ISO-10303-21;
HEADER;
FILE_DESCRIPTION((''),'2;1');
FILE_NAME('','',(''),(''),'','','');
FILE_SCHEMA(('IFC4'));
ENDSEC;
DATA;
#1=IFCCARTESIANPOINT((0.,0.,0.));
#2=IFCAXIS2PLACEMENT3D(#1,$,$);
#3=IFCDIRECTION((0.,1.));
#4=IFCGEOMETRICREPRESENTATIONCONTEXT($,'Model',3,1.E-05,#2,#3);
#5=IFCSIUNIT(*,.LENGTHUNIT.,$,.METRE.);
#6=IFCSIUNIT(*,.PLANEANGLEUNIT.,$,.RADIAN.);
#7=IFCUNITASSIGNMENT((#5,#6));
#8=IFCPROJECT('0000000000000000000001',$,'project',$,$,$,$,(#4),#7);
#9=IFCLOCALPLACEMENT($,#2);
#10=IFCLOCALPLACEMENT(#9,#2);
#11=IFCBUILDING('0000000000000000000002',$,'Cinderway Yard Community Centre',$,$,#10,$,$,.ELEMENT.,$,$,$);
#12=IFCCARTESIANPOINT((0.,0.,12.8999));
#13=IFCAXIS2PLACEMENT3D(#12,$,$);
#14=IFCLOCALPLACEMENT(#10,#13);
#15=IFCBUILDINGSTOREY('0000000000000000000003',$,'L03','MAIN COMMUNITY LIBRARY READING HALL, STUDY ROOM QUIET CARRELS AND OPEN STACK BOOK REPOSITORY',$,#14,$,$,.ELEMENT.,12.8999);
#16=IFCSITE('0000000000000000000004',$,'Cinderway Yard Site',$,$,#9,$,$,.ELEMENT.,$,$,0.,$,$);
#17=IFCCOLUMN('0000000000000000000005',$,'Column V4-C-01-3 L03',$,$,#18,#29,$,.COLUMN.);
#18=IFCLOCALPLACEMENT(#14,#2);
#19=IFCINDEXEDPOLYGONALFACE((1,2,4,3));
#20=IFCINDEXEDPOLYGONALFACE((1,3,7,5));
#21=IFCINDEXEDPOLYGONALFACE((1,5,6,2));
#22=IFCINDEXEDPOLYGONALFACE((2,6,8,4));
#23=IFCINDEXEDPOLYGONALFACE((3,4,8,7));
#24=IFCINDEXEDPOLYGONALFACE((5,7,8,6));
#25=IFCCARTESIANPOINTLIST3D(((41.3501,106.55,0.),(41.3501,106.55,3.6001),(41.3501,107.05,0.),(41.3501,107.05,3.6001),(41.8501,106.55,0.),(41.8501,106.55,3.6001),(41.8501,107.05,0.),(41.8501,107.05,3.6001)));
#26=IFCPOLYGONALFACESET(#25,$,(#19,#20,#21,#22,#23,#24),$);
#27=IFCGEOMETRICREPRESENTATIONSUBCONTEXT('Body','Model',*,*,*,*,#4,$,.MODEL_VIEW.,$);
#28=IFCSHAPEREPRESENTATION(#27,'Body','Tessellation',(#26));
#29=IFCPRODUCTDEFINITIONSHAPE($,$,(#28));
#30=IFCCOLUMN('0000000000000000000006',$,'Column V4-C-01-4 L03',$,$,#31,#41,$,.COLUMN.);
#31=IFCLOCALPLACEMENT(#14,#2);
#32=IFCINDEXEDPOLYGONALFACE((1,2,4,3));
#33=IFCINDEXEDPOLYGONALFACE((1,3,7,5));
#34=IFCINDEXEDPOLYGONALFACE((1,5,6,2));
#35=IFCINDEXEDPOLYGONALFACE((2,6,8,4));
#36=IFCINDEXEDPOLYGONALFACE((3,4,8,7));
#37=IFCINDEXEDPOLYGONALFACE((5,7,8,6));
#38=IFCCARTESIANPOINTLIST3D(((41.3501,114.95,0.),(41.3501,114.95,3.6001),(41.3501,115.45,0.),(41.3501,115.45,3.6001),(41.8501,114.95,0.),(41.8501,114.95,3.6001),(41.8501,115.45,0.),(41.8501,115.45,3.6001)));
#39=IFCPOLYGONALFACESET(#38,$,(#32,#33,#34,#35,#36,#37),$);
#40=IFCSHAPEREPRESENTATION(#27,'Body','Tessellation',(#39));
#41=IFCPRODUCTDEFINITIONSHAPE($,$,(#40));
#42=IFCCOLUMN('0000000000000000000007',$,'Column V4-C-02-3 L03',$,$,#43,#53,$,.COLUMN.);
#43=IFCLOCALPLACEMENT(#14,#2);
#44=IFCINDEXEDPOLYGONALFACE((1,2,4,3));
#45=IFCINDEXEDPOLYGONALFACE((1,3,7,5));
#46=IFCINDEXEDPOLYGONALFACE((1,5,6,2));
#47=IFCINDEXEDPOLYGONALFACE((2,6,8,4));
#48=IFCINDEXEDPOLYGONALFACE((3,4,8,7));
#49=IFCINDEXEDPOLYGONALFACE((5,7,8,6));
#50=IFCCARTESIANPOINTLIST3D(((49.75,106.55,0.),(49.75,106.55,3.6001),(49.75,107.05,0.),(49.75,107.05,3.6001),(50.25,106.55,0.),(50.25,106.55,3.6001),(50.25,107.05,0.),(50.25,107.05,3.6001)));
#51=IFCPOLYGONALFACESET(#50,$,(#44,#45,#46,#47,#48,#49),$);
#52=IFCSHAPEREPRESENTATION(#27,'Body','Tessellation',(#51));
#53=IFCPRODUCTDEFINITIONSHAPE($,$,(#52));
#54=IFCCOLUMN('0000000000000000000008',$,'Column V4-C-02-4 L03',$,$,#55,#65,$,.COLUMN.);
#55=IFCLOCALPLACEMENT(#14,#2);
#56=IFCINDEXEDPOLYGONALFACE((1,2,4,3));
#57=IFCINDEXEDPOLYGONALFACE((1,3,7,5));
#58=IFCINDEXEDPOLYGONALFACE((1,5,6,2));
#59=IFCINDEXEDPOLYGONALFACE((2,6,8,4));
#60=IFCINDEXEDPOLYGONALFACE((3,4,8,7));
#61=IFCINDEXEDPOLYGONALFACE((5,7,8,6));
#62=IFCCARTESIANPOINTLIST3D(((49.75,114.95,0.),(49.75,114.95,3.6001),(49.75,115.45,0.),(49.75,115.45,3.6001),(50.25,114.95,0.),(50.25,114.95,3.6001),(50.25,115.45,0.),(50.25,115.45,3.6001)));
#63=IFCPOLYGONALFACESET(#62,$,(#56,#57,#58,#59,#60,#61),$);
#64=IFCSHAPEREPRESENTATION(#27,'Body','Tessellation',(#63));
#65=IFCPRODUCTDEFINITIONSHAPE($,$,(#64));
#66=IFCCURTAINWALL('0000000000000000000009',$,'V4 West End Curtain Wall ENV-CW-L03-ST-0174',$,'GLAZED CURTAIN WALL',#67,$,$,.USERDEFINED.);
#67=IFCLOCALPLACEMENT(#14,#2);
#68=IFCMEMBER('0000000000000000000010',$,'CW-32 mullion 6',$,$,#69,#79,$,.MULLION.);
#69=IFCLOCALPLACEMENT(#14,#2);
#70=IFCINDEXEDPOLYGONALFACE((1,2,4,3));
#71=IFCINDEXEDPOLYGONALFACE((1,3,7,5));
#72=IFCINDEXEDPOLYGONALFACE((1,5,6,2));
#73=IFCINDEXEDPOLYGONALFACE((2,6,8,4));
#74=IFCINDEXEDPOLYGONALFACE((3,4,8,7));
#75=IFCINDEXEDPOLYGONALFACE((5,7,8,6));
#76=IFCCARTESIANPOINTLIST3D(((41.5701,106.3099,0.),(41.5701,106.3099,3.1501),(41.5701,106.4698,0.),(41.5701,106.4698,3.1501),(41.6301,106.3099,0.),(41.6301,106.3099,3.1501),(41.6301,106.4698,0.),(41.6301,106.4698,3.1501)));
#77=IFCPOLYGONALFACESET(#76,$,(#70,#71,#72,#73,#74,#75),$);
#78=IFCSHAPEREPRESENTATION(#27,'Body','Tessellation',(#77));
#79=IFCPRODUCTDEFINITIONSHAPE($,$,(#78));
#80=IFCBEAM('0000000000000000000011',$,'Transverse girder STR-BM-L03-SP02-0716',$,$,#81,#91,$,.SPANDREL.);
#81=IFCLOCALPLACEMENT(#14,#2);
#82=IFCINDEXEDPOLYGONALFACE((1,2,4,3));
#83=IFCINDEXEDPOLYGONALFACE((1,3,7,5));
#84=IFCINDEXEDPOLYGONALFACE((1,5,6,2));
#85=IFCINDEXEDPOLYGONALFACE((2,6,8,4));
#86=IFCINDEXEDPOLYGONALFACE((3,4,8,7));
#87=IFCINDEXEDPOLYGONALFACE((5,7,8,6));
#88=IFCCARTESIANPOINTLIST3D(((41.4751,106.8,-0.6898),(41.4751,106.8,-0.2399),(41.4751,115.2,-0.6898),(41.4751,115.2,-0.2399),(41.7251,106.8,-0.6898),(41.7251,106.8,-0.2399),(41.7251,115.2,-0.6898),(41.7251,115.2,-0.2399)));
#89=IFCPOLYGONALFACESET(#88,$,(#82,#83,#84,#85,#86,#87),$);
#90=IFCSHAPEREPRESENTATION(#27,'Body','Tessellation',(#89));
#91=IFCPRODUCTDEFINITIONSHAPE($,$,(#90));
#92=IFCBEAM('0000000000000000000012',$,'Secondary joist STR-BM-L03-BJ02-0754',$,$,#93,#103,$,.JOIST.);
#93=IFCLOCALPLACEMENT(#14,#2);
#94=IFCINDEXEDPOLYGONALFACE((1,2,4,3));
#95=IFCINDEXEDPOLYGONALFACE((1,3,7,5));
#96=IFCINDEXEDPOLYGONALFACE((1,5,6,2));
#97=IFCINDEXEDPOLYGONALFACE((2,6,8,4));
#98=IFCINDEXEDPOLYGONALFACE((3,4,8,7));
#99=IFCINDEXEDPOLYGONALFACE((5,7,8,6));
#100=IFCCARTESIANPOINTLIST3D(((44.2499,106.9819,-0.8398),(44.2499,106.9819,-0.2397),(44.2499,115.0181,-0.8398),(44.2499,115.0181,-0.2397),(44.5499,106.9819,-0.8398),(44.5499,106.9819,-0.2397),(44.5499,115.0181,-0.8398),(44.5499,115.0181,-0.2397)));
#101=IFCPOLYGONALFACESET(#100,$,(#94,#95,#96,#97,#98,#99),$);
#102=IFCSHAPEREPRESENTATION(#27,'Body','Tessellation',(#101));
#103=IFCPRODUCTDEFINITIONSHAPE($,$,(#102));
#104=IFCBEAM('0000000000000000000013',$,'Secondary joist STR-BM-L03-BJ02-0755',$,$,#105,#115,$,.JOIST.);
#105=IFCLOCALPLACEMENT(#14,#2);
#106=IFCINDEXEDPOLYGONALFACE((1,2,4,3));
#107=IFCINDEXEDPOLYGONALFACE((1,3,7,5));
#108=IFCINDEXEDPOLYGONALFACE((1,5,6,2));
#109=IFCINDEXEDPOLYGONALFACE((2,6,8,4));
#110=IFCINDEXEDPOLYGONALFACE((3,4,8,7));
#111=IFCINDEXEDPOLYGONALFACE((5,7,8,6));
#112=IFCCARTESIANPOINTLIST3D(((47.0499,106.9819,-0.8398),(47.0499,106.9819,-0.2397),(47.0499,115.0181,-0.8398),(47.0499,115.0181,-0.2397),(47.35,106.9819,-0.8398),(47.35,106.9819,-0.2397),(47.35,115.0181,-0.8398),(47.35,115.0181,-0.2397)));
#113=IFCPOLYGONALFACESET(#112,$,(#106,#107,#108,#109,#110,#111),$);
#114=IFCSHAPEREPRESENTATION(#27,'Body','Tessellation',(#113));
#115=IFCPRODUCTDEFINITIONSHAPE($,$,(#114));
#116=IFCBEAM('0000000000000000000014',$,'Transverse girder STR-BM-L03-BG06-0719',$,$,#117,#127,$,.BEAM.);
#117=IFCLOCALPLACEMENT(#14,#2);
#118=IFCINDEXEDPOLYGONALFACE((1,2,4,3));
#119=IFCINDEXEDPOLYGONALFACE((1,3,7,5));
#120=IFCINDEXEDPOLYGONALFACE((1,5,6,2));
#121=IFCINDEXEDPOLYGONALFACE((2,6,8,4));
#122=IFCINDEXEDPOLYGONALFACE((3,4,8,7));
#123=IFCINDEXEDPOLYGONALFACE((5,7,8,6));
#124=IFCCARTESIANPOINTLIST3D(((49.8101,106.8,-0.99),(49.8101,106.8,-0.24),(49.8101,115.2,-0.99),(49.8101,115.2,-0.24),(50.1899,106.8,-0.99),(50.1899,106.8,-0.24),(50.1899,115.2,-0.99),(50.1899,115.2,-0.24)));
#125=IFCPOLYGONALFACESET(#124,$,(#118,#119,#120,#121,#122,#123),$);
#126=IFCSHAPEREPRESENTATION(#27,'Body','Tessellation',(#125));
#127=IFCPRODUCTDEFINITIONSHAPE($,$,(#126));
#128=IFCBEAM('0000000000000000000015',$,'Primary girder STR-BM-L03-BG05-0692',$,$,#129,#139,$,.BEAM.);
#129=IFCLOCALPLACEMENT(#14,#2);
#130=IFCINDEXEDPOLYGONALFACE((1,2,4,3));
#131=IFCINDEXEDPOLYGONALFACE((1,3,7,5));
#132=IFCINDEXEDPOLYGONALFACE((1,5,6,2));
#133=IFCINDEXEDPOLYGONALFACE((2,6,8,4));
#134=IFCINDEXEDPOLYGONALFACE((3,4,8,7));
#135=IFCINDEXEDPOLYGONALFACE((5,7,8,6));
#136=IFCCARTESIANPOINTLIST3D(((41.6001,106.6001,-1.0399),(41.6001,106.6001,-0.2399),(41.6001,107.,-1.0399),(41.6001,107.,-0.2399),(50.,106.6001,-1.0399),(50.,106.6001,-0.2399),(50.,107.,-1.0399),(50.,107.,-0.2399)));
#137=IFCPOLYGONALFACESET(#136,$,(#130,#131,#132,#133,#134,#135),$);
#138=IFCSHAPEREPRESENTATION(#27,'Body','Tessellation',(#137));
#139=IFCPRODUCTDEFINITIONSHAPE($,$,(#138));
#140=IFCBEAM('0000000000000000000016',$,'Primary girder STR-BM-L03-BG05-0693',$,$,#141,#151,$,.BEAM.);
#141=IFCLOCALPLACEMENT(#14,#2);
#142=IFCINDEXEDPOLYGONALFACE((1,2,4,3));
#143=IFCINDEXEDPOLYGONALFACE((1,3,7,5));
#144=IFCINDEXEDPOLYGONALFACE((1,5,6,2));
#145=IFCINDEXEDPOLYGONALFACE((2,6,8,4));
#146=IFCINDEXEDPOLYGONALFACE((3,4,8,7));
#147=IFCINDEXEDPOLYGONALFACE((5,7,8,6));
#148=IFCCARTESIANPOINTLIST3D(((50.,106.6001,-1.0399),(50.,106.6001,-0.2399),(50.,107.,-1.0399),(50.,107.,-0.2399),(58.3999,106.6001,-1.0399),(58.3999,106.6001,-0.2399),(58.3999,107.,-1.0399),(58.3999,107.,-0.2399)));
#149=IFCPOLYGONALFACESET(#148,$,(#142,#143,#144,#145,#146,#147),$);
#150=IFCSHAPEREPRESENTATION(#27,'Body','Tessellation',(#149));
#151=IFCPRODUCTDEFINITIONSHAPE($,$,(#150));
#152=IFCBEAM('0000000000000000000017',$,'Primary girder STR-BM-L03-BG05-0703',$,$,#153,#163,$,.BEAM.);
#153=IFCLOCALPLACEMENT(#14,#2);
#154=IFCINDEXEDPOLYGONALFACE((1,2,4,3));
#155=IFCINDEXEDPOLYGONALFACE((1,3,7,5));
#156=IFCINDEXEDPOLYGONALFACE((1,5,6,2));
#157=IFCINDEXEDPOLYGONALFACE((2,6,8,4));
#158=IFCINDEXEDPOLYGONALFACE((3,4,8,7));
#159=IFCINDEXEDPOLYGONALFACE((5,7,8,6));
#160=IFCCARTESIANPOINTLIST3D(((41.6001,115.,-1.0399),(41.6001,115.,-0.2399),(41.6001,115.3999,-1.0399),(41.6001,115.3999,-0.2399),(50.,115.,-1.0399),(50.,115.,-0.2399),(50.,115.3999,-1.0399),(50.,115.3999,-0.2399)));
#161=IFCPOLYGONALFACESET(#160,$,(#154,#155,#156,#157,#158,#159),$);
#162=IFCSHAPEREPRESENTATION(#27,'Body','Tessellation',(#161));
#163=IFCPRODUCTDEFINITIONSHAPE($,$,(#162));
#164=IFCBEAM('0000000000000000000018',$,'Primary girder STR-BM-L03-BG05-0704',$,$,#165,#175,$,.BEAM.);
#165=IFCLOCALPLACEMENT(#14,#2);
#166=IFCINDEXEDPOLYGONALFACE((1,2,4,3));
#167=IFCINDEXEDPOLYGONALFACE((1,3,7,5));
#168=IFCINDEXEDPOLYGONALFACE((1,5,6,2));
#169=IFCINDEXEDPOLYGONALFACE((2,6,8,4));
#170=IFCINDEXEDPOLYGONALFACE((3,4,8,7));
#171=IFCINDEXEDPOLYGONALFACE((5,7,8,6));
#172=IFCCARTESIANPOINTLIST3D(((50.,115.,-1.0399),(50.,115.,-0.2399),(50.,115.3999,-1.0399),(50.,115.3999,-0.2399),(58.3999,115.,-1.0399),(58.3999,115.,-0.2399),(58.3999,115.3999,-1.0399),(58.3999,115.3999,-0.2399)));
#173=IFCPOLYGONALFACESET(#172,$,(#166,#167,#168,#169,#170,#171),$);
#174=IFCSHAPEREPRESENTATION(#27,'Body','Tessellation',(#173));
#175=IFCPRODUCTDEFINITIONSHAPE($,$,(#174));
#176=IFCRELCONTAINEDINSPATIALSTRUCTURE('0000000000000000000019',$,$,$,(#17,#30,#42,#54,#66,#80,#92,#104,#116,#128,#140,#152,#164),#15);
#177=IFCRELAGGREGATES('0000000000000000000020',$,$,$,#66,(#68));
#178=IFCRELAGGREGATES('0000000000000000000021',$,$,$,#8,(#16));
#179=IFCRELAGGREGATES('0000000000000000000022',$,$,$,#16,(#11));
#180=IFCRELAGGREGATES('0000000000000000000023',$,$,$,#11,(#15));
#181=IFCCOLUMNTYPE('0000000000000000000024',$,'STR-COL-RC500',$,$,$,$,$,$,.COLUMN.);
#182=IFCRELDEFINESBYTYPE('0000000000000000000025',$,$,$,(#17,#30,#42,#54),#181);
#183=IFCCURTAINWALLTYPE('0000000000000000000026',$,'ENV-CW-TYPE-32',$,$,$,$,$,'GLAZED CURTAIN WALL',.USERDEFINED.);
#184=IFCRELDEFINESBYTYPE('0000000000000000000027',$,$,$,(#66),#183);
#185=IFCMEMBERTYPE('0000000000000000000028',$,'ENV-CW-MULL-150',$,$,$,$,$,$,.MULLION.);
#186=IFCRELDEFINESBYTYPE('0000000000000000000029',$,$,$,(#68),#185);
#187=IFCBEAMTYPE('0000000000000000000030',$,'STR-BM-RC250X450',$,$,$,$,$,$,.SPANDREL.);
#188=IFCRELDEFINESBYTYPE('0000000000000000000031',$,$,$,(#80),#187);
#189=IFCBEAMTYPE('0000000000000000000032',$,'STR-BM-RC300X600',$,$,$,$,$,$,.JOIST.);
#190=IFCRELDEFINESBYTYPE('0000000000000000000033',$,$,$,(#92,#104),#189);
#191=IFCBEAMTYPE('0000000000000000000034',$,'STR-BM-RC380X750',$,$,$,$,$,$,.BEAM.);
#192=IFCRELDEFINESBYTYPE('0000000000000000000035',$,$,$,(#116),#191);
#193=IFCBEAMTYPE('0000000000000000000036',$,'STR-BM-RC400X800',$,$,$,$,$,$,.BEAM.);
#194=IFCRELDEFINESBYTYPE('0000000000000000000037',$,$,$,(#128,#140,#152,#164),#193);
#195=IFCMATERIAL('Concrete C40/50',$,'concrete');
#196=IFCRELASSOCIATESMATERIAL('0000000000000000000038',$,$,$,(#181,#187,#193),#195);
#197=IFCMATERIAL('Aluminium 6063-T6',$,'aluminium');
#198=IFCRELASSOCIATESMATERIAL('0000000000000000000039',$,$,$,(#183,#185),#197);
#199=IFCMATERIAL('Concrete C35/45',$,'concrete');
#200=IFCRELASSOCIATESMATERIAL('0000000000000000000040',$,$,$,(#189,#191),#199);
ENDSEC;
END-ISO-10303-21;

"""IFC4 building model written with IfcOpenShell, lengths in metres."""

from ifc_helpers import new_model, si_unit, direction, frame, origin, origin_2d, place, context, subcontext, project, spatial, rectangle, extrude, material, material_profile, profile_set, type_object, element, aggregate, save


model = new_model("IFC4")

# Units and contexts
model_context = context("Model", 3, precision=1e-05, world=origin(), true_north=direction((0.0, 1.0)))
body_context = subcontext(model_context, "Body", "Model", "MODEL_VIEW")
ifc_project = project(units=[si_unit("LENGTHUNIT", "METRE"), si_unit("PLANEANGLEUNIT", "RADIAN")], contexts=[model_context])

# Site, building, storey
site_placement = place(None, origin())
site = spatial("IfcSite", under=ifc_project, at=site_placement, Name="Cinderway Yard Site", CompositionType="ELEMENT", RefElevation=0.0)
building_placement = place(site_placement, origin())
building = spatial("IfcBuilding", under=site, at=building_placement, Name="Cinderway Yard Community Centre", CompositionType="ELEMENT")
storey_placement = place(building_placement, frame((0.0, 0.0, 12.8999)))
storey = spatial("IfcBuildingStorey", under=building, at=storey_placement, Name="L03", Description="MAIN COMMUNITY LIBRARY READING HALL, STUDY ROOM QUIET CARRELS AND OPEN STACK BOOK REPOSITORY", CompositionType="ELEMENT", Elevation=12.8999)

# Columns
ifc_material_1 = material(Name="Concrete C40/50", Category="concrete")
ifc_material_profile_1 = material_profile(ifc_material_1, rectangle(XDim=0.5, YDim=0.5, at=origin_2d()), Name="Concrete C40/50")
ifc_profile_set_1 = profile_set([ifc_material_profile_1], Name="Concrete C40/50")
column_type = type_object("IfcColumnType", Name="STR-COL-RC500", PredefinedType="COLUMN", material=ifc_profile_set_1)
for number, where, z_axis, x_axis, name in (
    (1, (41.6001, 106.8, 0.0), (0.0, 0.0, 1.0), (1.0, 0.0, 0.0), "Column V4-C-01-3 L03"),
    (2, (41.6001, 115.2, 0.0), (0.0, 0.0, 1.0), (1.0, 0.0, 0.0), "Column V4-C-01-4 L03"),
    (3, (50.0, 106.8, 0.0), (0.0, 0.0, 1.0), (1.0, 0.0, 0.0), "Column V4-C-02-3 L03"),
    (4, (50.0, 115.2, 0.0), (0.0, 0.0, 1.0), (1.0, 0.0, 0.0), "Column V4-C-02-4 L03"),
):
    element("IfcColumn", number, at=place(storey_placement, frame(where, z_axis=z_axis, x_axis=x_axis)), inside=storey, type_object=column_type, Name=name, PredefinedType="COLUMN", context=body_context, shape_type="SweptSolid", body=[
        extrude(rectangle(XDim=0.5, YDim=0.5, at=origin_2d()), origin(), (0.0, 0.0, 1.0), 3.6001),
    ])

# Curtain wall, member
ifc_material_2 = material(Name="Aluminium 6063-T6", Category="aluminium")
curtain_wall_type = type_object("IfcCurtainWallType", Name="ENV-CW-TYPE-32", ElementType="GLAZED CURTAIN WALL", PredefinedType="USERDEFINED", material=ifc_material_2)
curtain_wall_placement = place(storey_placement, origin())
curtain_wall = element("IfcCurtainWall", 5, at=curtain_wall_placement, inside=storey, type_object=curtain_wall_type, Name="V4 West End Curtain Wall ENV-CW-L03-ST-0174", ObjectType="GLAZED CURTAIN WALL", PredefinedType="USERDEFINED")
ifc_material_profile_2 = material_profile(ifc_material_2, rectangle(XDim=0.0601, YDim=0.1599, at=origin_2d()), Name="Aluminium 6063-T6")
ifc_profile_set_2 = profile_set([ifc_material_profile_2], Name="Aluminium 6063-T6")
member_type_1 = type_object("IfcMemberType", Name="ENV-CW-MULL-150", PredefinedType="MULLION", material=ifc_profile_set_2)
member_1_placement = place(storey_placement, frame((41.6001, 106.3899, 0.0), z_axis=(0.0, 0.0, 1.0), x_axis=(-1.0, 0.0, 0.0)))
member_1 = element("IfcMember", 6, at=member_1_placement, type_object=member_type_1, Name="CW-32 mullion 6", PredefinedType="MULLION", context=body_context, shape_type="SweptSolid", body=[
    extrude(rectangle(XDim=0.0601, YDim=0.1599, at=origin_2d()), origin(), (0.0, 0.0, 1.0), 3.1501),
])
aggregate(curtain_wall, [member_1])

# Beams
ifc_material_profile_3 = material_profile(ifc_material_1, rectangle(XDim=0.25, YDim=0.45, at=origin_2d()), Name="Concrete C40/50")
ifc_profile_set_3 = profile_set([ifc_material_profile_3], Name="Concrete C40/50")
beam_type_1 = type_object("IfcBeamType", Name="STR-BM-RC250X450", PredefinedType="SPANDREL", material=ifc_profile_set_3)
beam_1_placement = place(storey_placement, frame((41.6001, 106.8, -0.4648), z_axis=(0.0, 1.0, 0.0), x_axis=(-1.0, 0.0, 0.0)))
element("IfcBeam", 7, at=beam_1_placement, inside=storey, type_object=beam_type_1, Name="Transverse girder STR-BM-L03-SP02-0716", PredefinedType="SPANDREL", context=body_context, shape_type="SweptSolid", body=[
    extrude(rectangle(XDim=0.25, YDim=0.45, at=origin_2d()), origin(), (0.0, 0.0, 1.0), 8.3999),
])
ifc_material_3 = material(Name="Concrete C35/45", Category="concrete")
ifc_material_profile_4 = material_profile(ifc_material_3, rectangle(XDim=0.3, YDim=0.6001, at=origin_2d()), Name="Concrete C35/45")
ifc_profile_set_4 = profile_set([ifc_material_profile_4], Name="Concrete C35/45")
beam_type_2 = type_object("IfcBeamType", Name="STR-BM-RC300X600", PredefinedType="JOIST", material=ifc_profile_set_4)
for number, where, z_axis, x_axis, name in (
    (8, (44.3999, 106.9819, -0.5398), (0.0, 1.0, 0.0), (-1.0, 0.0, 0.0), "Secondary joist STR-BM-L03-BJ02-0754"),
    (9, (47.2, 106.9819, -0.5398), (0.0, 1.0, 0.0), (-1.0, 0.0, 0.0), "Secondary joist STR-BM-L03-BJ02-0755"),
):
    element("IfcBeam", number, at=place(storey_placement, frame(where, z_axis=z_axis, x_axis=x_axis)), inside=storey, type_object=beam_type_2, Name=name, PredefinedType="JOIST", context=body_context, shape_type="SweptSolid", body=[
        extrude(rectangle(XDim=0.3, YDim=0.6001, at=origin_2d()), origin(), (0.0, 0.0, 1.0), 8.0361),
    ])
ifc_material_profile_5 = material_profile(ifc_material_3, rectangle(XDim=0.3799, YDim=0.75, at=origin_2d()), Name="Concrete C35/45")
ifc_profile_set_5 = profile_set([ifc_material_profile_5], Name="Concrete C35/45")
beam_type_3 = type_object("IfcBeamType", Name="STR-BM-RC380X750", PredefinedType="BEAM", material=ifc_profile_set_5)
beam_2_placement = place(storey_placement, frame((50.0, 106.8, -0.615), z_axis=(0.0, 1.0, 0.0), x_axis=(-1.0, 0.0, 0.0)))
element("IfcBeam", 10, at=beam_2_placement, inside=storey, type_object=beam_type_3, Name="Transverse girder STR-BM-L03-BG06-0719", PredefinedType="BEAM", context=body_context, shape_type="SweptSolid", body=[
    extrude(rectangle(XDim=0.3799, YDim=0.75, at=origin_2d()), origin(), (0.0, 0.0, 1.0), 8.3999),
])
ifc_material_profile_6 = material_profile(ifc_material_1, rectangle(XDim=0.3999, YDim=0.8, at=origin_2d()), Name="Concrete C40/50")
ifc_profile_set_6 = profile_set([ifc_material_profile_6], Name="Concrete C40/50")
beam_type_4 = type_object("IfcBeamType", Name="STR-BM-RC400X800", PredefinedType="BEAM", material=ifc_profile_set_6)
for number, where, z_axis, x_axis, name in (
    (11, (41.6001, 106.8, -0.6399), (1.0, 0.0, 0.0), (0.0, 1.0, 0.0), "Primary girder STR-BM-L03-BG05-0692"),
    (12, (50.0, 106.8, -0.6399), (1.0, 0.0, 0.0), (0.0, 1.0, 0.0), "Primary girder STR-BM-L03-BG05-0693"),
    (13, (41.6001, 115.2, -0.6399), (1.0, 0.0, 0.0), (0.0, 1.0, 0.0), "Primary girder STR-BM-L03-BG05-0703"),
    (14, (50.0, 115.2, -0.6399), (1.0, 0.0, 0.0), (0.0, 1.0, 0.0), "Primary girder STR-BM-L03-BG05-0704"),
):
    element("IfcBeam", number, at=place(storey_placement, frame(where, z_axis=z_axis, x_axis=x_axis)), inside=storey, type_object=beam_type_4, Name=name, PredefinedType="BEAM", context=body_context, shape_type="SweptSolid", body=[
        extrude(rectangle(XDim=0.3999, YDim=0.8, at=origin_2d()), origin(), (0.0, 0.0, 1.0), 8.3999),
    ])

save(model, "model.ifc")
